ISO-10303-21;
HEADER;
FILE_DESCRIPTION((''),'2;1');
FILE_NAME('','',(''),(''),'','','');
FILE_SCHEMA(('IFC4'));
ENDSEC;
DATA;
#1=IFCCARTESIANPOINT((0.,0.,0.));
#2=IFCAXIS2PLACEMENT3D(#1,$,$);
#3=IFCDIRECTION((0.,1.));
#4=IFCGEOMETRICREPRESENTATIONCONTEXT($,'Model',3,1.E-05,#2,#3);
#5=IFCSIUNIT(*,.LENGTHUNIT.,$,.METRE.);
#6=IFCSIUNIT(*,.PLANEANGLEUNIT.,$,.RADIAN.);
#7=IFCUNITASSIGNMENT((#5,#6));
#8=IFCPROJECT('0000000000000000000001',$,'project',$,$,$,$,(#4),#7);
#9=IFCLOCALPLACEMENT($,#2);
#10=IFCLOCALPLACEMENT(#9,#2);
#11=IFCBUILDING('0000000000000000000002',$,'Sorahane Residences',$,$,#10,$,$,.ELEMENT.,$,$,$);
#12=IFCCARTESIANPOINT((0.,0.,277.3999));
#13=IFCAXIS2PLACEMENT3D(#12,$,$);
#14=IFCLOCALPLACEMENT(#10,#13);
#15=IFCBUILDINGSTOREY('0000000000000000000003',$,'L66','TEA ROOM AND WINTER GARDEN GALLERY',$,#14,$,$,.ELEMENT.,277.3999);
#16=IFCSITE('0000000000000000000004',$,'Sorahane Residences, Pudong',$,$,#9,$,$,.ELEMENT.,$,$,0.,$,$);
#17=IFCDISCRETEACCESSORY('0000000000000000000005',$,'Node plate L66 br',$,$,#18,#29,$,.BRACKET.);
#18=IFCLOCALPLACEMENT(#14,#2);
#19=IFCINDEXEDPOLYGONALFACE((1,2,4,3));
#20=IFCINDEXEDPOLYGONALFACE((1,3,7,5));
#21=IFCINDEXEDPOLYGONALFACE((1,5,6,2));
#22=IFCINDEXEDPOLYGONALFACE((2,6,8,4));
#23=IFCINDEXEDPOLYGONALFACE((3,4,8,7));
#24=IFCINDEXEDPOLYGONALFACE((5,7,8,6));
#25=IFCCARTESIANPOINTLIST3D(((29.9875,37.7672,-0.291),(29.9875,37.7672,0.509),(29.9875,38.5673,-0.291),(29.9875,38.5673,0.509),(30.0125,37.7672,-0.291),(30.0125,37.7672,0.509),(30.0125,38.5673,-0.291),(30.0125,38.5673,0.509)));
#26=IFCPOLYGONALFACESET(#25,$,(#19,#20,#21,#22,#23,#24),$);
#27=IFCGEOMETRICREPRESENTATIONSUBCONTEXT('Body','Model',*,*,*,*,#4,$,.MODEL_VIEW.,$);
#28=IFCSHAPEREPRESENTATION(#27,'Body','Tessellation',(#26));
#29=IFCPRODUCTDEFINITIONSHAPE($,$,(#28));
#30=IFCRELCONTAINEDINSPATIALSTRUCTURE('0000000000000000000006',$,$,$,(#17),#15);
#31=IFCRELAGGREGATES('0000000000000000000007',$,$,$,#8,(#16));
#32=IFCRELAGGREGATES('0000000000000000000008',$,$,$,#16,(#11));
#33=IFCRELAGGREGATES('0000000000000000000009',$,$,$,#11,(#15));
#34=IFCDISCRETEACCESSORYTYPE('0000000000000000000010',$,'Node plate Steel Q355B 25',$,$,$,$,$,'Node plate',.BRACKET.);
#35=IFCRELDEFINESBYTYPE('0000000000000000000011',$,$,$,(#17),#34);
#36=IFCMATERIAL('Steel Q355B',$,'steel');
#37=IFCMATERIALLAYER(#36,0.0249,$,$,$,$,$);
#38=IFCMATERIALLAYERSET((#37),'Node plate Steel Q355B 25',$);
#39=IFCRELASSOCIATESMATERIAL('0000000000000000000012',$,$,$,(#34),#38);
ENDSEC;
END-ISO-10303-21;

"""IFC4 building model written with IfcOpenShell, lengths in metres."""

from ifc_helpers import new_model, si_unit, direction, frame, origin, origin_2d, place, context, subcontext, project, spatial, rectangle, extrude, material, layer, layer_set, type_object, element, save


model = new_model("IFC4")

# Units and contexts
model_context = context("Model", 3, precision=1e-05, world=origin(), true_north=direction((0.0, 1.0)))
body_context = subcontext(model_context, "Body", "Model", "MODEL_VIEW")
ifc_project = project(units=[si_unit("LENGTHUNIT", "METRE"), si_unit("PLANEANGLEUNIT", "RADIAN")], contexts=[model_context])

# Site, building, storey
site_placement = place(None, origin())
site = spatial("IfcSite", under=ifc_project, at=site_placement, Name="Sorahane Residences, Pudong", CompositionType="ELEMENT", RefElevation=0.0)
building_placement = place(site_placement, origin())
building = spatial("IfcBuilding", under=site, at=building_placement, Name="Sorahane Residences", CompositionType="ELEMENT")
storey_placement = place(building_placement, frame((0.0, 0.0, 277.3999)))
storey = spatial("IfcBuildingStorey", under=building, at=storey_placement, Name="L66", Description="TEA ROOM AND WINTER GARDEN GALLERY", CompositionType="ELEMENT", Elevation=277.3999)

# Discrete accessory
ifc_material_1 = material(Name="Steel Q355B", Category="steel")
ifc_layer_1 = layer(ifc_material_1, 0.0249)
ifc_layer_set_1 = layer_set([ifc_layer_1], Name="Node plate Steel Q355B 25")
discrete_accessory_type = type_object("IfcDiscreteAccessoryType", Name="Node plate Steel Q355B 25", ElementType="Node plate", PredefinedType="BRACKET", material=ifc_layer_set_1)
discrete_accessory_placement = place(storey_placement, frame((30.0, 38.1672, -0.291), z_axis=(0.0, 0.0, 1.0), x_axis=(0.0, 1.0, 0.0)))
element("IfcDiscreteAccessory", 1, at=discrete_accessory_placement, inside=storey, type_object=discrete_accessory_type, Name="Node plate L66 br", PredefinedType="BRACKET", context=body_context, shape_type="SweptSolid", body=[
    extrude(rectangle(XDim=0.8, YDim=0.0249, at=origin_2d()), origin(), (0.0, 0.0, 1.0), 0.8),
])

save(model, "model.ifc")
